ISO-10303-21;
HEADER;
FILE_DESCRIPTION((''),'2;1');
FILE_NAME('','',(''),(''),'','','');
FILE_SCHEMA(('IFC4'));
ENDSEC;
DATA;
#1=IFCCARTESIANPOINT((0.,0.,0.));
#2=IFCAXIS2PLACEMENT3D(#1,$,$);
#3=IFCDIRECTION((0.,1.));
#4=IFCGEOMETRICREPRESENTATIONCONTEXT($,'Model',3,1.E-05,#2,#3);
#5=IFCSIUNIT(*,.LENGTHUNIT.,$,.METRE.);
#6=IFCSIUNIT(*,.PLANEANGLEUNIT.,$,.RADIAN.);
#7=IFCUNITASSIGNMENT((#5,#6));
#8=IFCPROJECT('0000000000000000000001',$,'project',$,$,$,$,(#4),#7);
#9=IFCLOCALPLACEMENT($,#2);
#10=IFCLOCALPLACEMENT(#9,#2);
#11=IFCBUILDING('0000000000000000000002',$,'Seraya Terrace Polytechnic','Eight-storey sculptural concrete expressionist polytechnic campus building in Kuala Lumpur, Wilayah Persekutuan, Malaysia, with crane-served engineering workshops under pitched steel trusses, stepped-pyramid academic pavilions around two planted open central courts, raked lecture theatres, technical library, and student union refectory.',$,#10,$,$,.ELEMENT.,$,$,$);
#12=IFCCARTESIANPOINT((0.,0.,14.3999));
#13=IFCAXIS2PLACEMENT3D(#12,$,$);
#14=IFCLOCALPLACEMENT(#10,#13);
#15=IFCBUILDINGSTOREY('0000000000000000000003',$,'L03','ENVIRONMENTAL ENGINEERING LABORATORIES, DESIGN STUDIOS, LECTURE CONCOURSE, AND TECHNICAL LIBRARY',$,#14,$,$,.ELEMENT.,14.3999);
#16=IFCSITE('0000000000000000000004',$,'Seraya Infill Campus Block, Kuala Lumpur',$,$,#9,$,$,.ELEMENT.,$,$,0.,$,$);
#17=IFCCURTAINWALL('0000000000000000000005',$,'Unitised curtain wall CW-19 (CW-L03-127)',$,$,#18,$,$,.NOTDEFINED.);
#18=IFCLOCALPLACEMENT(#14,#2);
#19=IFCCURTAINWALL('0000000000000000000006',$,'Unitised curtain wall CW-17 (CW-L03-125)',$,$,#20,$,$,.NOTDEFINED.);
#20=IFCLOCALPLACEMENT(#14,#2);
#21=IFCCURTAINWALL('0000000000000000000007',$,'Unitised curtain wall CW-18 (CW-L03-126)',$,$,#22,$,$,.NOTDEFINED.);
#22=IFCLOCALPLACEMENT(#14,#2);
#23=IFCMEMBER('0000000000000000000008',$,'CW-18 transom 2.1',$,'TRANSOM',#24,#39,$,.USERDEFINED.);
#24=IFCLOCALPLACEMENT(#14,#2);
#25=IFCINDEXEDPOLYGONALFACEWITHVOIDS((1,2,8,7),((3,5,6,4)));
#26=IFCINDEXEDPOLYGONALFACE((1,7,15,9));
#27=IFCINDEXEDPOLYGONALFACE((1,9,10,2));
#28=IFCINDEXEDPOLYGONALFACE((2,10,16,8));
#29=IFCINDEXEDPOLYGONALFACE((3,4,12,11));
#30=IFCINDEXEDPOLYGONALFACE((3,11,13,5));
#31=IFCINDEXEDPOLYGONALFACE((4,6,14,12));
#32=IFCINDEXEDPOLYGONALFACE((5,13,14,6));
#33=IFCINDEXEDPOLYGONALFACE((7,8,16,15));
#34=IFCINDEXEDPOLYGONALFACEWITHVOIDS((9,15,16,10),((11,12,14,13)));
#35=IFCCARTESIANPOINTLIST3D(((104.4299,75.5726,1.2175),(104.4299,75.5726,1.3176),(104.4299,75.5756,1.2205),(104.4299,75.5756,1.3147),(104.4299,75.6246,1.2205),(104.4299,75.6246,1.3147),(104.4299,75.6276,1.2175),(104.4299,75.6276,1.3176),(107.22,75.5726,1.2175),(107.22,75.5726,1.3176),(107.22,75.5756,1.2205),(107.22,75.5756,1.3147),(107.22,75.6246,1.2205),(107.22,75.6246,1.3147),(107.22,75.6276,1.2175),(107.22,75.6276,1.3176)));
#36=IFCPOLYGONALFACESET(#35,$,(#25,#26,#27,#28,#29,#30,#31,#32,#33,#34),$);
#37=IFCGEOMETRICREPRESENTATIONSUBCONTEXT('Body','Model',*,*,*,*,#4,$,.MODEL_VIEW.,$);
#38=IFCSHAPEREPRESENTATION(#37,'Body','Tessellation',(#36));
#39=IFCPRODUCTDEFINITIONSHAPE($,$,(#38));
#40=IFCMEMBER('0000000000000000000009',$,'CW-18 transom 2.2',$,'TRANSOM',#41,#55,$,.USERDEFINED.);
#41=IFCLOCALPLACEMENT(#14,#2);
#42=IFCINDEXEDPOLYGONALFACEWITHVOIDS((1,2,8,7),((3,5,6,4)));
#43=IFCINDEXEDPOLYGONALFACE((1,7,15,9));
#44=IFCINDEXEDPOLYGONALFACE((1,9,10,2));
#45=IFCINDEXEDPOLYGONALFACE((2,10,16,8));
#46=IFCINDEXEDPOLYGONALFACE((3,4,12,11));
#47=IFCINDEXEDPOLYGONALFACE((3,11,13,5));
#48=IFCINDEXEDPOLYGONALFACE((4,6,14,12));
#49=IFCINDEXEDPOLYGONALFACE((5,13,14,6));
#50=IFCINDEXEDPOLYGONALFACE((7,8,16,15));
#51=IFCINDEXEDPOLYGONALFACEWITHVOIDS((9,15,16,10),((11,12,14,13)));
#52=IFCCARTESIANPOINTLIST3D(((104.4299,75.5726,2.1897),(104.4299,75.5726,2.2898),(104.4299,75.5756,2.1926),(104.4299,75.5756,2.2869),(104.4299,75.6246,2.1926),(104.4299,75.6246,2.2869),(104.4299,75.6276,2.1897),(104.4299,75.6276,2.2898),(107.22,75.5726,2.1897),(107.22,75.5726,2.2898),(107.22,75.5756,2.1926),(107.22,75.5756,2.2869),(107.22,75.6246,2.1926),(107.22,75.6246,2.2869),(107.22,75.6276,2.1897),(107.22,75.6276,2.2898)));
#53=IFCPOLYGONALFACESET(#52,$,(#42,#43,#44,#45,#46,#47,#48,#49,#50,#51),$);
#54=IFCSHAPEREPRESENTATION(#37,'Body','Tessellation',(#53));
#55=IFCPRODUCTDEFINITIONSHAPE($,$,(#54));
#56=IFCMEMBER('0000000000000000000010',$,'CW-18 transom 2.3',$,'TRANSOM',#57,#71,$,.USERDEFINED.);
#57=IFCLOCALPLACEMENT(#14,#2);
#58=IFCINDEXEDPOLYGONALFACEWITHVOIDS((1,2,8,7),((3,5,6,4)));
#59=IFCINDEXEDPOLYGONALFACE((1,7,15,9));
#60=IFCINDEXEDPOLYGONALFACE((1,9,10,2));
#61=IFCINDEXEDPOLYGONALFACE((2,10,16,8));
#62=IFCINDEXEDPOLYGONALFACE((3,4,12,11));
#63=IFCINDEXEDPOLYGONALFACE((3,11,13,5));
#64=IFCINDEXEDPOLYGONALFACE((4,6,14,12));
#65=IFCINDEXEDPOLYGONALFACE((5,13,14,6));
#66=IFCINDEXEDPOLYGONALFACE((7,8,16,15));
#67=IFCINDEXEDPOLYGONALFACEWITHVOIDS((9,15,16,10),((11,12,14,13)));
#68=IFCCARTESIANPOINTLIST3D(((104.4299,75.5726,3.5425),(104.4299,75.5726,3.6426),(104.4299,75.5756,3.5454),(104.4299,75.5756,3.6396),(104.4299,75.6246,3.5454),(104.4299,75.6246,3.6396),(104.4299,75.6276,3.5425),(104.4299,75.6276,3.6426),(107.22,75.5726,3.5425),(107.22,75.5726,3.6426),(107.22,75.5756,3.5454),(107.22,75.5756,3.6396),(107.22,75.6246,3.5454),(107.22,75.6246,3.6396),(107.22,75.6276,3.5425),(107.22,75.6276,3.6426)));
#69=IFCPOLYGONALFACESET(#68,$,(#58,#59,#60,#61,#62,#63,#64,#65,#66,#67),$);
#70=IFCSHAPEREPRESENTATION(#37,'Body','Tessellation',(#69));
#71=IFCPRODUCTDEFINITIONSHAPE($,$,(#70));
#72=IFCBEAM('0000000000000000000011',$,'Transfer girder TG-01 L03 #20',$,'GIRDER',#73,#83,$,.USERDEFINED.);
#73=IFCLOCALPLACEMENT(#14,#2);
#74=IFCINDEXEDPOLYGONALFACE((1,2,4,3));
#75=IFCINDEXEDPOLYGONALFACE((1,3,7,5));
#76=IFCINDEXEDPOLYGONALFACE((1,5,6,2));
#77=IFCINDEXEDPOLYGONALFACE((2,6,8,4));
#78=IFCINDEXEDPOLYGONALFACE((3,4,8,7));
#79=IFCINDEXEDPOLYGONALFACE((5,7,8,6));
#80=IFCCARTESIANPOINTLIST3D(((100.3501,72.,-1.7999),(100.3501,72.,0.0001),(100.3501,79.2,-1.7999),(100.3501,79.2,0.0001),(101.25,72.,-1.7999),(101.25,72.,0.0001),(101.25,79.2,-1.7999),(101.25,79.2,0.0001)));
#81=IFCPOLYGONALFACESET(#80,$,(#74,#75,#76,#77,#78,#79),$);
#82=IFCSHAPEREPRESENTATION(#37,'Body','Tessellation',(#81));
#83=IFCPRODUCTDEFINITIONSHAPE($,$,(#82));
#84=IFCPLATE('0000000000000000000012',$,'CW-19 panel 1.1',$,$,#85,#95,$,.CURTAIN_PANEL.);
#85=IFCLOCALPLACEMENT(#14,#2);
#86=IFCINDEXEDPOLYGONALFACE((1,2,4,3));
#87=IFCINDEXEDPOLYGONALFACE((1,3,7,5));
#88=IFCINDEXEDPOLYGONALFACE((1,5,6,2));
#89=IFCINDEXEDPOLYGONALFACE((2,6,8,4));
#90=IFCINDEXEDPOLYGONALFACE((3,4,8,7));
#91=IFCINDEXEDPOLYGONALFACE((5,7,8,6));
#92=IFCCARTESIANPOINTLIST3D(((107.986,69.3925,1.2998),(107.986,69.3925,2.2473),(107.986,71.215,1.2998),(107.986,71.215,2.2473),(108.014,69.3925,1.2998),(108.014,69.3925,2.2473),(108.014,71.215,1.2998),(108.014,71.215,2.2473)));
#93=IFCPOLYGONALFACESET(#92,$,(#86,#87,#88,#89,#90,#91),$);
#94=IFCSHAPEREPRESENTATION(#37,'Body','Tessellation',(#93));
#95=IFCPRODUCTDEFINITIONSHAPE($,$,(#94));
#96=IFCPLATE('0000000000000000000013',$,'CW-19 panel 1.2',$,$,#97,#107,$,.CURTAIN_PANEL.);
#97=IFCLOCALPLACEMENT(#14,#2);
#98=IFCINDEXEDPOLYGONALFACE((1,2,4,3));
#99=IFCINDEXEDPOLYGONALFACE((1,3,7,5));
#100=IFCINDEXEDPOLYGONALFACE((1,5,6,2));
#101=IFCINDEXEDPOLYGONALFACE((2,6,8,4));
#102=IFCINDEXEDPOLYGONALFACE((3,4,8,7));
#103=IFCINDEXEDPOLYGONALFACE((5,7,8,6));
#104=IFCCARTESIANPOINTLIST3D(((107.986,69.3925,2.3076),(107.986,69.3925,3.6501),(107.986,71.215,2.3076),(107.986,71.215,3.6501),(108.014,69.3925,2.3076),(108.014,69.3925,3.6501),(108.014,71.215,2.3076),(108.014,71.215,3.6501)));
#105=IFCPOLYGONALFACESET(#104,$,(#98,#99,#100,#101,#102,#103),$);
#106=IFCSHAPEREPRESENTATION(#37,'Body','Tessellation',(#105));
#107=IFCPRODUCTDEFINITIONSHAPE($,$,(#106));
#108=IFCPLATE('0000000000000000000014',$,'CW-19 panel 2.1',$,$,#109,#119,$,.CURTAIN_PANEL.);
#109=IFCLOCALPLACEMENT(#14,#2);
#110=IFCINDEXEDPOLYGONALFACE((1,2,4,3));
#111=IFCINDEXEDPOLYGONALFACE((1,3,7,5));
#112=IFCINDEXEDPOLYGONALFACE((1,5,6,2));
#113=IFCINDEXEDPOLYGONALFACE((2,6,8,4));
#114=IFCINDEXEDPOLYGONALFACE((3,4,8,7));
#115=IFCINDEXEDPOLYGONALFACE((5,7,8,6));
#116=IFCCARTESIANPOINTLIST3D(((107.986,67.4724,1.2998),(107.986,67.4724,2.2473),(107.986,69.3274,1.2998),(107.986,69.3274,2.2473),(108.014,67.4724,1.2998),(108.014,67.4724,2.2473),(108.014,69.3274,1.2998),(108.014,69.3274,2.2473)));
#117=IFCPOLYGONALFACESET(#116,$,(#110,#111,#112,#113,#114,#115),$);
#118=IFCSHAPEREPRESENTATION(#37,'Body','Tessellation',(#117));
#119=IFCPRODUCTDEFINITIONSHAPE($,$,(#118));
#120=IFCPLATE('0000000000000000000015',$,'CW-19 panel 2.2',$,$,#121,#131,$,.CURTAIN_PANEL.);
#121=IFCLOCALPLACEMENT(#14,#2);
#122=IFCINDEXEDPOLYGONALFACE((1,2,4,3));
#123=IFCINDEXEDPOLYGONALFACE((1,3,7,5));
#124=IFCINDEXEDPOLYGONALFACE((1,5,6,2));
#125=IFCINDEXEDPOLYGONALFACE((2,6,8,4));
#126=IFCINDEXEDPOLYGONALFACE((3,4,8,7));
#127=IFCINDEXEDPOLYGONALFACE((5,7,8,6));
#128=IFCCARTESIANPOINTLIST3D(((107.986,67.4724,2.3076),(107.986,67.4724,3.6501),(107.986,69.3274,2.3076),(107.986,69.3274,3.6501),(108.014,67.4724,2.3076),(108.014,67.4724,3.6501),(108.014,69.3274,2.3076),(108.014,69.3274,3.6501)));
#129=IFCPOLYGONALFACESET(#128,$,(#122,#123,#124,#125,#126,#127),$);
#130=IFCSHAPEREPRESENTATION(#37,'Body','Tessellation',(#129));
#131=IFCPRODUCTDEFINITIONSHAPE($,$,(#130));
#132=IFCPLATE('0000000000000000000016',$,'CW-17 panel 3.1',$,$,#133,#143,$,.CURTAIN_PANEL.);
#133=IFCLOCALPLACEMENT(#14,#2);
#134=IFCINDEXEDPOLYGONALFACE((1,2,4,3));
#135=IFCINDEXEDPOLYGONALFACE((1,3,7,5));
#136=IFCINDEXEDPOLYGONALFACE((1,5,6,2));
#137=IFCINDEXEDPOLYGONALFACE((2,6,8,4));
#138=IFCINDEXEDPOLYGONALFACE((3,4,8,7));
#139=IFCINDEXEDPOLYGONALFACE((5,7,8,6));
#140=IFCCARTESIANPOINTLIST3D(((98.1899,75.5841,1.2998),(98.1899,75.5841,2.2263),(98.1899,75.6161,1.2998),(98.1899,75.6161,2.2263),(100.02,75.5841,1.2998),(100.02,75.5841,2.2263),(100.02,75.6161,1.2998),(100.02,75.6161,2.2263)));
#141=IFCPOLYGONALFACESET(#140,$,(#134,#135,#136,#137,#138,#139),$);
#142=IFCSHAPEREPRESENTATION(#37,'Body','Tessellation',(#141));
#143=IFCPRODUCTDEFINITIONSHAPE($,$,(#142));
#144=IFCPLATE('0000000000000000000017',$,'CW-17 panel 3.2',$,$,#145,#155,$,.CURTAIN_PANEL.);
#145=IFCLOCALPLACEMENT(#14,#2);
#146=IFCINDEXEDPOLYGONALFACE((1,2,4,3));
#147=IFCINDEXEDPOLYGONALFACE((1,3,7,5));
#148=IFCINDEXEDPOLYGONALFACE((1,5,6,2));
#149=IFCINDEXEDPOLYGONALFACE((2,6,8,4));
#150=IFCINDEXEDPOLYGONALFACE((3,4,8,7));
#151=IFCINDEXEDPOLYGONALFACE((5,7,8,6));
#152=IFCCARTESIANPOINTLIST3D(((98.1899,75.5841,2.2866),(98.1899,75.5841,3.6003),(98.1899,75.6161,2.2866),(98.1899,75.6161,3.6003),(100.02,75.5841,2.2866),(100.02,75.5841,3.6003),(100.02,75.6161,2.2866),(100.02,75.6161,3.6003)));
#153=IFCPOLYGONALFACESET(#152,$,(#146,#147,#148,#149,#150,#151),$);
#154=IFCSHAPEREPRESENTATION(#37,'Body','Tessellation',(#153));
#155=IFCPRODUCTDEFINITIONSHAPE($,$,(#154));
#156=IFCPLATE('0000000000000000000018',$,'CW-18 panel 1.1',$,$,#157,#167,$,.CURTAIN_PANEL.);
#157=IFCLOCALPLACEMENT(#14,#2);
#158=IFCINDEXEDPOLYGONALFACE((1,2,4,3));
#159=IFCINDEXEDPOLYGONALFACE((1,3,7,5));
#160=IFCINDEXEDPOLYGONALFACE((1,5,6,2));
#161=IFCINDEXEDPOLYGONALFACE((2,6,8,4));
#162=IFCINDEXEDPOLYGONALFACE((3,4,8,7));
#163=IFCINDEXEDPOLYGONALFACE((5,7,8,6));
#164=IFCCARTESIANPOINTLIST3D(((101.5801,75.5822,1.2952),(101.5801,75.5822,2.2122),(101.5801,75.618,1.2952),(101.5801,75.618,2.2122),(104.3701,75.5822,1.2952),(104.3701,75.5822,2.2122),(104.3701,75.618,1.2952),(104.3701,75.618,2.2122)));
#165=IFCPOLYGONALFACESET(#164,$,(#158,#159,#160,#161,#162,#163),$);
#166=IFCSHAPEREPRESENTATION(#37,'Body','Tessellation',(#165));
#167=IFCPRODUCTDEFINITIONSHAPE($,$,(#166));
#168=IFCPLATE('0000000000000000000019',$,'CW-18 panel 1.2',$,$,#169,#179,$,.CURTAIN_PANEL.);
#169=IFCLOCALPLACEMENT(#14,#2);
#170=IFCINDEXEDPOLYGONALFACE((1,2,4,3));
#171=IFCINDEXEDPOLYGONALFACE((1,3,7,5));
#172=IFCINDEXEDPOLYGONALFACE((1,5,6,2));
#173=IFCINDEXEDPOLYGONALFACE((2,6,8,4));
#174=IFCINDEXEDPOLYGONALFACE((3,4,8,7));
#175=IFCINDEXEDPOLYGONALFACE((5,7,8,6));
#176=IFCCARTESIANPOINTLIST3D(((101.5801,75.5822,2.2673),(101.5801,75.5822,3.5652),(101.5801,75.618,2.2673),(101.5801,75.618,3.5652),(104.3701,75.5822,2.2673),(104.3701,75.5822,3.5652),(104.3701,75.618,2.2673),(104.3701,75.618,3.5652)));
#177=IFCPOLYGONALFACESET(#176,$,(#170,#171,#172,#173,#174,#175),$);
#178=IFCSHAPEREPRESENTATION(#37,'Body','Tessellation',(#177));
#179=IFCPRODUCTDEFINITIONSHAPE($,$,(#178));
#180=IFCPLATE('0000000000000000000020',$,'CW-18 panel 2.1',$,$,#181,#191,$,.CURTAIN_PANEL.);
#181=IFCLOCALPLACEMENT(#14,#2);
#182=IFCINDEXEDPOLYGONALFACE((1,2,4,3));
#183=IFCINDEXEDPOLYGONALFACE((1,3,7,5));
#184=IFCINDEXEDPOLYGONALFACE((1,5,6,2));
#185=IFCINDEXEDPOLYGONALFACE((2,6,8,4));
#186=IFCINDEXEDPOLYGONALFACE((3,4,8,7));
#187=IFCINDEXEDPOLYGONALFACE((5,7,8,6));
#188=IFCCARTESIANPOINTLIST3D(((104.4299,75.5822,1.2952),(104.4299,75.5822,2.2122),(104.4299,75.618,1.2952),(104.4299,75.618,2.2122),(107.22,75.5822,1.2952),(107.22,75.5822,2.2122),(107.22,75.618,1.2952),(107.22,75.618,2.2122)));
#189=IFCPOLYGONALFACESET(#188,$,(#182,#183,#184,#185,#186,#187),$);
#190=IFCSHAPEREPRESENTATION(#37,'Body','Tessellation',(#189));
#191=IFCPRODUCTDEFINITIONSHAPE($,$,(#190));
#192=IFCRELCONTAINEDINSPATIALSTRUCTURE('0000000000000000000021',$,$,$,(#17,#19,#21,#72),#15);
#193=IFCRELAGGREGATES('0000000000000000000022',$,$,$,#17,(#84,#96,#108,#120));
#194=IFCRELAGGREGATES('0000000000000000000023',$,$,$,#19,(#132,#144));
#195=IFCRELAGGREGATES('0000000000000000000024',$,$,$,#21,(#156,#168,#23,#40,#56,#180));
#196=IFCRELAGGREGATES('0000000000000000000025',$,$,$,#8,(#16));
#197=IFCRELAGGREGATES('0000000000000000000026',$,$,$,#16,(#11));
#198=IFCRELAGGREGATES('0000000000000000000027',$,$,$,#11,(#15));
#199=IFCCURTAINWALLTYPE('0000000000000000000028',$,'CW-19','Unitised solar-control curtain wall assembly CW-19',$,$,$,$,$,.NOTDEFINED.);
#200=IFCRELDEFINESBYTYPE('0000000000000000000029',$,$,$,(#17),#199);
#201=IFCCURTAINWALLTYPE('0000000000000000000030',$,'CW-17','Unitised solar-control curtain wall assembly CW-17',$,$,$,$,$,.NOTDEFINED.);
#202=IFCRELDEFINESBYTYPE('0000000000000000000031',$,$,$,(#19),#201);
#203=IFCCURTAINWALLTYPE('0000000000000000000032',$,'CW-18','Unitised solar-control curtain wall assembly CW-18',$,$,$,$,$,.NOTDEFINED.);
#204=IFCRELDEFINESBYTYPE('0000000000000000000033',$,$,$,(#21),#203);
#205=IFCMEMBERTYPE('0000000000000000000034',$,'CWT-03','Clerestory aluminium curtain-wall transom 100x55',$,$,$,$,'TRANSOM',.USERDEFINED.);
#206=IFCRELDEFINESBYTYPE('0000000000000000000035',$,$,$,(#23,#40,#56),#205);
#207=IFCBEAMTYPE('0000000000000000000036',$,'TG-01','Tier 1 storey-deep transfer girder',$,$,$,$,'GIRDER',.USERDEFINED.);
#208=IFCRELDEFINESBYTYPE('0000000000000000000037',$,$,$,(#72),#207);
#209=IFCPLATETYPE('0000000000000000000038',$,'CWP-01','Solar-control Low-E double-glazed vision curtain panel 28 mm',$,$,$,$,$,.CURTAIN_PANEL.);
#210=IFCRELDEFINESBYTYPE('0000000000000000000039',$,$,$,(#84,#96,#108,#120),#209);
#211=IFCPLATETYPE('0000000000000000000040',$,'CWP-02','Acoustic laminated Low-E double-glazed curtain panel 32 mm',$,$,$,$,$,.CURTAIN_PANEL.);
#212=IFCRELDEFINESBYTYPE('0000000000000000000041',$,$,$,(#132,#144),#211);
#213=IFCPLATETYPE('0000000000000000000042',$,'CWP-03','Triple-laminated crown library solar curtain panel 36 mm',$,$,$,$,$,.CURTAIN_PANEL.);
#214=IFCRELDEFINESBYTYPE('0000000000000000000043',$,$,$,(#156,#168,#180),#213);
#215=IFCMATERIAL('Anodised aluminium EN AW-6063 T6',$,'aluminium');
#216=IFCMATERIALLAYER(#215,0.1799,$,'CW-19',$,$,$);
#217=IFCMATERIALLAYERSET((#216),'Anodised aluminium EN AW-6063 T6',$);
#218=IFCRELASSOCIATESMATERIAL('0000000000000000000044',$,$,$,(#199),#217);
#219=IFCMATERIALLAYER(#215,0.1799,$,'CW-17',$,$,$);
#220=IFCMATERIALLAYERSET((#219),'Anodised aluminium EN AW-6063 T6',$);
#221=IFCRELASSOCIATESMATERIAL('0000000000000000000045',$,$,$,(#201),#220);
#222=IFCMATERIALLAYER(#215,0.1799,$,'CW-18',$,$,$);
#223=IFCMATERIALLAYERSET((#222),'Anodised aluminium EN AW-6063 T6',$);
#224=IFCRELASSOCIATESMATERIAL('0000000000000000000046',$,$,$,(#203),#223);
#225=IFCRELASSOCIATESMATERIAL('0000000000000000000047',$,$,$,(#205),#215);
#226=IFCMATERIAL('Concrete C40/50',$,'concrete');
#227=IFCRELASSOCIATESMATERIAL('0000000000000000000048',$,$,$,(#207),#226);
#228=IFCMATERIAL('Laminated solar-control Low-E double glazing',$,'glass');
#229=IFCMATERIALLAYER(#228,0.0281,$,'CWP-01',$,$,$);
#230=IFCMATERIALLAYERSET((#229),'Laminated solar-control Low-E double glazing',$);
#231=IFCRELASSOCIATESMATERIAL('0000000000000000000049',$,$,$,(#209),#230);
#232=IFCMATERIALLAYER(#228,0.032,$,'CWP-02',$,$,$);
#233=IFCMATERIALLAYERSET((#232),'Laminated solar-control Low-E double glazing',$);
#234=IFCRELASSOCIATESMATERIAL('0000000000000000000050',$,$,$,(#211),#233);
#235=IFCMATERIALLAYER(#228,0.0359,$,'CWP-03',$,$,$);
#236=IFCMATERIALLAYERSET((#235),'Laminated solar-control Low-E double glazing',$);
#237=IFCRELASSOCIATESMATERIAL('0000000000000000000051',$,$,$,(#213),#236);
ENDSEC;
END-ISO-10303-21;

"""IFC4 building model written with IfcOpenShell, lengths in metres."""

from ifc_helpers import new_model, si_unit, direction, frame, origin, origin_2d, place, context, subcontext, project, spatial, rectangle, hollow_rectangle, extrude, material, layer, layer_set, material_profile, profile_set, type_object, element, aggregate, save


model = new_model("IFC4")

# Units and contexts
model_context = context("Model", 3, precision=1e-05, world=origin(), true_north=direction((0.0, 1.0)))
body_context = subcontext(model_context, "Body", "Model", "MODEL_VIEW")
ifc_project = project(units=[si_unit("LENGTHUNIT", "METRE"), si_unit("PLANEANGLEUNIT", "RADIAN")], contexts=[model_context])

# Site, building, storey
site_placement = place(None, origin())
site = spatial("IfcSite", under=ifc_project, at=site_placement, Name="Seraya Infill Campus Block, Kuala Lumpur", CompositionType="ELEMENT", RefElevation=0.0)
building_placement = place(site_placement, origin())
building = spatial("IfcBuilding", under=site, at=building_placement, Name="Seraya Terrace Polytechnic", Description="Eight-storey sculptural concrete expressionist polytechnic campus building in Kuala Lumpur, Wilayah Persekutuan, Malaysia, with crane-served engineering workshops under pitched steel trusses, stepped-pyramid academic pavilions around two planted open central courts, raked lecture theatres, technical library, and student union refectory.", CompositionType="ELEMENT")
storey_placement = place(building_placement, frame((0.0, 0.0, 14.3999)))
storey = spatial("IfcBuildingStorey", under=building, at=storey_placement, Name="L03", Description="ENVIRONMENTAL ENGINEERING LABORATORIES, DESIGN STUDIOS, LECTURE CONCOURSE, AND TECHNICAL LIBRARY", CompositionType="ELEMENT", Elevation=14.3999)

# Shared definitions
ifc_material_1 = material(Name="Concrete C40/50", Category="concrete")

# Curtain wall
ifc_material_2 = material(Name="Anodised aluminium EN AW-6063 T6", Category="aluminium")
ifc_layer_1 = layer(ifc_material_2, 0.1799, Name="CW-19")
ifc_layer_set_1 = layer_set([ifc_layer_1], Name="Anodised aluminium EN AW-6063 T6")
curtain_wall_type_1 = type_object("IfcCurtainWallType", Name="CW-19", Description="Unitised solar-control curtain wall assembly CW-19", PredefinedType="NOTDEFINED", material=ifc_layer_set_1)
curtain_wall_1_placement = place(storey_placement, origin())
curtain_wall_1 = element("IfcCurtainWall", 1, at=curtain_wall_1_placement, inside=storey, type_object=curtain_wall_type_1, Name="Unitised curtain wall CW-19 (CW-L03-127)", PredefinedType="NOTDEFINED")

# Curtain wall
ifc_layer_2 = layer(ifc_material_2, 0.1799, Name="CW-17")
ifc_layer_set_2 = layer_set([ifc_layer_2], Name="Anodised aluminium EN AW-6063 T6")
curtain_wall_type_2 = type_object("IfcCurtainWallType", Name="CW-17", Description="Unitised solar-control curtain wall assembly CW-17", PredefinedType="NOTDEFINED", material=ifc_layer_set_2)
curtain_wall_2_placement = place(storey_placement, origin())
curtain_wall_2 = element("IfcCurtainWall", 2, at=curtain_wall_2_placement, inside=storey, type_object=curtain_wall_type_2, Name="Unitised curtain wall CW-17 (CW-L03-125)", PredefinedType="NOTDEFINED")

# Curtain wall
ifc_layer_3 = layer(ifc_material_2, 0.1799, Name="CW-18")
ifc_layer_set_3 = layer_set([ifc_layer_3], Name="Anodised aluminium EN AW-6063 T6")
curtain_wall_type_3 = type_object("IfcCurtainWallType", Name="CW-18", Description="Unitised solar-control curtain wall assembly CW-18", PredefinedType="NOTDEFINED", material=ifc_layer_set_3)
curtain_wall_3_placement = place(storey_placement, origin())
curtain_wall_3 = element("IfcCurtainWall", 3, at=curtain_wall_3_placement, inside=storey, type_object=curtain_wall_type_3, Name="Unitised curtain wall CW-18 (CW-L03-126)", PredefinedType="NOTDEFINED")

# Members
ifc_material_profile_1 = material_profile(ifc_material_2, hollow_rectangle(XDim=0.0549, YDim=0.1001, WallThickness=0.0029, at=origin_2d()), Name="RHS 100x55x3.0")
ifc_profile_set_1 = profile_set([ifc_material_profile_1], Name="Anodised aluminium EN AW-6063 T6")
member_type_1 = type_object("IfcMemberType", Name="CWT-03", Description="Clerestory aluminium curtain-wall transom 100x55", ElementType="TRANSOM", PredefinedType="USERDEFINED", material=ifc_profile_set_1)
member_1_placement = place(storey_placement, frame((104.4299, 75.6001, 1.2676), z_axis=(1.0, 0.0, 0.0), x_axis=(0.0, 1.0, 0.0)))
member_1 = element("IfcMember", 4, at=member_1_placement, type_object=member_type_1, Name="CW-18 transom 2.1", ObjectType="TRANSOM", PredefinedType="USERDEFINED", context=body_context, shape_type="SweptSolid", body=[
    extrude(hollow_rectangle(XDim=0.0549, YDim=0.1001, WallThickness=0.0029, at=origin_2d()), origin(), (0.0, 0.0, 1.0), 2.79),
])
member_2_placement = place(storey_placement, frame((104.4299, 75.6001, 2.2397), z_axis=(1.0, 0.0, 0.0), x_axis=(0.0, 1.0, 0.0)))
member_2 = element("IfcMember", 5, at=member_2_placement, type_object=member_type_1, Name="CW-18 transom 2.2", ObjectType="TRANSOM", PredefinedType="USERDEFINED", context=body_context, shape_type="SweptSolid", body=[
    extrude(hollow_rectangle(XDim=0.0549, YDim=0.1001, WallThickness=0.0029, at=origin_2d()), origin(), (0.0, 0.0, 1.0), 2.79),
])
member_3_placement = place(storey_placement, frame((104.4299, 75.6001, 3.5925), z_axis=(1.0, 0.0, 0.0), x_axis=(0.0, 1.0, 0.0)))
member_3 = element("IfcMember", 6, at=member_3_placement, type_object=member_type_1, Name="CW-18 transom 2.3", ObjectType="TRANSOM", PredefinedType="USERDEFINED", context=body_context, shape_type="SweptSolid", body=[
    extrude(hollow_rectangle(XDim=0.0549, YDim=0.1001, WallThickness=0.0029, at=origin_2d()), origin(), (0.0, 0.0, 1.0), 2.79),
])

# Beam
ifc_material_profile_2 = material_profile(ifc_material_1, rectangle(XDim=0.8999, YDim=1.8, at=origin_2d()), Name="RC 900x1800")
ifc_profile_set_2 = profile_set([ifc_material_profile_2], Name="Concrete C40/50")
beam_type_1 = type_object("IfcBeamType", Name="TG-01", Description="Tier 1 storey-deep transfer girder", ElementType="GIRDER", PredefinedType="USERDEFINED", material=ifc_profile_set_2)
beam_placement = place(storey_placement, frame((100.8, 72.0, -0.8999), z_axis=(0.0, 1.0, 0.0), x_axis=(-1.0, 0.0, 0.0)))
element("IfcBeam", 7, at=beam_placement, inside=storey, type_object=beam_type_1, Name="Transfer girder TG-01 L03 #20", ObjectType="GIRDER", PredefinedType="USERDEFINED", context=body_context, shape_type="SweptSolid", body=[
    extrude(rectangle(XDim=0.8999, YDim=1.8, at=origin_2d()), origin(), (0.0, 0.0, 1.0), 7.2),
])

# Plates
ifc_material_3 = material(Name="Laminated solar-control Low-E double glazing", Category="glass")
ifc_layer_4 = layer(ifc_material_3, 0.0281, Name="CWP-01")
ifc_layer_set_4 = layer_set([ifc_layer_4], Name="Laminated solar-control Low-E double glazing")
plate_type_1 = type_object("IfcPlateType", Name="CWP-01", Description="Solar-control Low-E double-glazed vision curtain panel 28 mm", PredefinedType="CURTAIN_PANEL", material=ifc_layer_set_4)
plate_1_placement = place(storey_placement, frame((108.0, 70.3037, 1.2998), z_axis=(0.0, 0.0, 1.0), x_axis=(0.0, -1.0, 0.0)))
plate_1 = element("IfcPlate", 8, at=plate_1_placement, type_object=plate_type_1, Name="CW-19 panel 1.1", PredefinedType="CURTAIN_PANEL", context=body_context, shape_type="SweptSolid", body=[
    extrude(rectangle(XDim=1.8225, YDim=0.0281, at=origin_2d()), origin(), (0.0, 0.0, 1.0), 0.9475),
])
plate_2_placement = place(storey_placement, frame((108.0, 70.3037, 2.3076), z_axis=(0.0, 0.0, 1.0), x_axis=(0.0, -1.0, 0.0)))
plate_2 = element("IfcPlate", 9, at=plate_2_placement, type_object=plate_type_1, Name="CW-19 panel 1.2", PredefinedType="CURTAIN_PANEL", context=body_context, shape_type="SweptSolid", body=[
    extrude(rectangle(XDim=1.8225, YDim=0.0281, at=origin_2d()), origin(), (0.0, 0.0, 1.0), 1.3425),
])
plate_3_placement = place(storey_placement, frame((108.0, 68.3999, 1.2998), z_axis=(0.0, 0.0, 1.0), x_axis=(0.0, -1.0, 0.0)))
plate_3 = element("IfcPlate", 10, at=plate_3_placement, type_object=plate_type_1, Name="CW-19 panel 2.1", PredefinedType="CURTAIN_PANEL", context=body_context, shape_type="SweptSolid", body=[
    extrude(rectangle(XDim=1.855, YDim=0.0281, at=origin_2d()), origin(), (0.0, 0.0, 1.0), 0.9475),
])
plate_4_placement = place(storey_placement, frame((108.0, 68.3999, 2.3076), z_axis=(0.0, 0.0, 1.0), x_axis=(0.0, -1.0, 0.0)))
plate_4 = element("IfcPlate", 11, at=plate_4_placement, type_object=plate_type_1, Name="CW-19 panel 2.2", PredefinedType="CURTAIN_PANEL", context=body_context, shape_type="SweptSolid", body=[
    extrude(rectangle(XDim=1.855, YDim=0.0281, at=origin_2d()), origin(), (0.0, 0.0, 1.0), 1.3425),
])
aggregate(curtain_wall_1, [plate_1, plate_2, plate_3, plate_4])
ifc_layer_5 = layer(ifc_material_3, 0.032, Name="CWP-02")
ifc_layer_set_5 = layer_set([ifc_layer_5], Name="Laminated solar-control Low-E double glazing")
plate_type_2 = type_object("IfcPlateType", Name="CWP-02", Description="Acoustic laminated Low-E double-glazed curtain panel 32 mm", PredefinedType="CURTAIN_PANEL", material=ifc_layer_set_5)
plate_5_placement = place(storey_placement, frame((99.105, 75.6001, 1.2998), z_axis=(0.0, 0.0, 1.0), x_axis=(1.0, 0.0, 0.0)))
plate_5 = element("IfcPlate", 12, at=plate_5_placement, type_object=plate_type_2, Name="CW-17 panel 3.1", PredefinedType="CURTAIN_PANEL", context=body_context, shape_type="SweptSolid", body=[
    extrude(rectangle(XDim=1.8301, YDim=0.032, at=origin_2d()), origin(), (0.0, 0.0, 1.0), 0.9265),
])
plate_6_placement = place(storey_placement, frame((99.105, 75.6001, 2.2866), z_axis=(0.0, 0.0, 1.0), x_axis=(1.0, 0.0, 0.0)))
plate_6 = element("IfcPlate", 13, at=plate_6_placement, type_object=plate_type_2, Name="CW-17 panel 3.2", PredefinedType="CURTAIN_PANEL", context=body_context, shape_type="SweptSolid", body=[
    extrude(rectangle(XDim=1.8301, YDim=0.032, at=origin_2d()), origin(), (0.0, 0.0, 1.0), 1.3137),
])
aggregate(curtain_wall_2, [plate_5, plate_6])
ifc_layer_6 = layer(ifc_material_3, 0.0359, Name="CWP-03")
ifc_layer_set_6 = layer_set([ifc_layer_6], Name="Laminated solar-control Low-E double glazing")
plate_type_3 = type_object("IfcPlateType", Name="CWP-03", Description="Triple-laminated crown library solar curtain panel 36 mm", PredefinedType="CURTAIN_PANEL", material=ifc_layer_set_6)
plate_7_placement = place(storey_placement, frame((102.9751, 75.6001, 1.2952), z_axis=(0.0, 0.0, 1.0), x_axis=(1.0, 0.0, 0.0)))
plate_7 = element("IfcPlate", 14, at=plate_7_placement, type_object=plate_type_3, Name="CW-18 panel 1.1", PredefinedType="CURTAIN_PANEL", context=body_context, shape_type="SweptSolid", body=[
    extrude(rectangle(XDim=2.79, YDim=0.0359, at=origin_2d()), origin(), (0.0, 0.0, 1.0), 0.917),
])
plate_8_placement = place(storey_placement, frame((102.9751, 75.6001, 2.2673), z_axis=(0.0, 0.0, 1.0), x_axis=(1.0, 0.0, 0.0)))
plate_8 = element("IfcPlate", 15, at=plate_8_placement, type_object=plate_type_3, Name="CW-18 panel 1.2", PredefinedType="CURTAIN_PANEL", context=body_context, shape_type="SweptSolid", body=[
    extrude(rectangle(XDim=2.79, YDim=0.0359, at=origin_2d()), origin(), (0.0, 0.0, 1.0), 1.2979),
])
plate_9_placement = place(storey_placement, frame((105.825, 75.6001, 1.2952), z_axis=(0.0, 0.0, 1.0), x_axis=(1.0, 0.0, 0.0)))
plate_9 = element("IfcPlate", 16, at=plate_9_placement, type_object=plate_type_3, Name="CW-18 panel 2.1", PredefinedType="CURTAIN_PANEL", context=body_context, shape_type="SweptSolid", body=[
    extrude(rectangle(XDim=2.79, YDim=0.0359, at=origin_2d()), origin(), (0.0, 0.0, 1.0), 0.917),
])
aggregate(curtain_wall_3, [plate_7, plate_8, member_1, member_2, member_3, plate_9])

save(model, "model.ifc")
